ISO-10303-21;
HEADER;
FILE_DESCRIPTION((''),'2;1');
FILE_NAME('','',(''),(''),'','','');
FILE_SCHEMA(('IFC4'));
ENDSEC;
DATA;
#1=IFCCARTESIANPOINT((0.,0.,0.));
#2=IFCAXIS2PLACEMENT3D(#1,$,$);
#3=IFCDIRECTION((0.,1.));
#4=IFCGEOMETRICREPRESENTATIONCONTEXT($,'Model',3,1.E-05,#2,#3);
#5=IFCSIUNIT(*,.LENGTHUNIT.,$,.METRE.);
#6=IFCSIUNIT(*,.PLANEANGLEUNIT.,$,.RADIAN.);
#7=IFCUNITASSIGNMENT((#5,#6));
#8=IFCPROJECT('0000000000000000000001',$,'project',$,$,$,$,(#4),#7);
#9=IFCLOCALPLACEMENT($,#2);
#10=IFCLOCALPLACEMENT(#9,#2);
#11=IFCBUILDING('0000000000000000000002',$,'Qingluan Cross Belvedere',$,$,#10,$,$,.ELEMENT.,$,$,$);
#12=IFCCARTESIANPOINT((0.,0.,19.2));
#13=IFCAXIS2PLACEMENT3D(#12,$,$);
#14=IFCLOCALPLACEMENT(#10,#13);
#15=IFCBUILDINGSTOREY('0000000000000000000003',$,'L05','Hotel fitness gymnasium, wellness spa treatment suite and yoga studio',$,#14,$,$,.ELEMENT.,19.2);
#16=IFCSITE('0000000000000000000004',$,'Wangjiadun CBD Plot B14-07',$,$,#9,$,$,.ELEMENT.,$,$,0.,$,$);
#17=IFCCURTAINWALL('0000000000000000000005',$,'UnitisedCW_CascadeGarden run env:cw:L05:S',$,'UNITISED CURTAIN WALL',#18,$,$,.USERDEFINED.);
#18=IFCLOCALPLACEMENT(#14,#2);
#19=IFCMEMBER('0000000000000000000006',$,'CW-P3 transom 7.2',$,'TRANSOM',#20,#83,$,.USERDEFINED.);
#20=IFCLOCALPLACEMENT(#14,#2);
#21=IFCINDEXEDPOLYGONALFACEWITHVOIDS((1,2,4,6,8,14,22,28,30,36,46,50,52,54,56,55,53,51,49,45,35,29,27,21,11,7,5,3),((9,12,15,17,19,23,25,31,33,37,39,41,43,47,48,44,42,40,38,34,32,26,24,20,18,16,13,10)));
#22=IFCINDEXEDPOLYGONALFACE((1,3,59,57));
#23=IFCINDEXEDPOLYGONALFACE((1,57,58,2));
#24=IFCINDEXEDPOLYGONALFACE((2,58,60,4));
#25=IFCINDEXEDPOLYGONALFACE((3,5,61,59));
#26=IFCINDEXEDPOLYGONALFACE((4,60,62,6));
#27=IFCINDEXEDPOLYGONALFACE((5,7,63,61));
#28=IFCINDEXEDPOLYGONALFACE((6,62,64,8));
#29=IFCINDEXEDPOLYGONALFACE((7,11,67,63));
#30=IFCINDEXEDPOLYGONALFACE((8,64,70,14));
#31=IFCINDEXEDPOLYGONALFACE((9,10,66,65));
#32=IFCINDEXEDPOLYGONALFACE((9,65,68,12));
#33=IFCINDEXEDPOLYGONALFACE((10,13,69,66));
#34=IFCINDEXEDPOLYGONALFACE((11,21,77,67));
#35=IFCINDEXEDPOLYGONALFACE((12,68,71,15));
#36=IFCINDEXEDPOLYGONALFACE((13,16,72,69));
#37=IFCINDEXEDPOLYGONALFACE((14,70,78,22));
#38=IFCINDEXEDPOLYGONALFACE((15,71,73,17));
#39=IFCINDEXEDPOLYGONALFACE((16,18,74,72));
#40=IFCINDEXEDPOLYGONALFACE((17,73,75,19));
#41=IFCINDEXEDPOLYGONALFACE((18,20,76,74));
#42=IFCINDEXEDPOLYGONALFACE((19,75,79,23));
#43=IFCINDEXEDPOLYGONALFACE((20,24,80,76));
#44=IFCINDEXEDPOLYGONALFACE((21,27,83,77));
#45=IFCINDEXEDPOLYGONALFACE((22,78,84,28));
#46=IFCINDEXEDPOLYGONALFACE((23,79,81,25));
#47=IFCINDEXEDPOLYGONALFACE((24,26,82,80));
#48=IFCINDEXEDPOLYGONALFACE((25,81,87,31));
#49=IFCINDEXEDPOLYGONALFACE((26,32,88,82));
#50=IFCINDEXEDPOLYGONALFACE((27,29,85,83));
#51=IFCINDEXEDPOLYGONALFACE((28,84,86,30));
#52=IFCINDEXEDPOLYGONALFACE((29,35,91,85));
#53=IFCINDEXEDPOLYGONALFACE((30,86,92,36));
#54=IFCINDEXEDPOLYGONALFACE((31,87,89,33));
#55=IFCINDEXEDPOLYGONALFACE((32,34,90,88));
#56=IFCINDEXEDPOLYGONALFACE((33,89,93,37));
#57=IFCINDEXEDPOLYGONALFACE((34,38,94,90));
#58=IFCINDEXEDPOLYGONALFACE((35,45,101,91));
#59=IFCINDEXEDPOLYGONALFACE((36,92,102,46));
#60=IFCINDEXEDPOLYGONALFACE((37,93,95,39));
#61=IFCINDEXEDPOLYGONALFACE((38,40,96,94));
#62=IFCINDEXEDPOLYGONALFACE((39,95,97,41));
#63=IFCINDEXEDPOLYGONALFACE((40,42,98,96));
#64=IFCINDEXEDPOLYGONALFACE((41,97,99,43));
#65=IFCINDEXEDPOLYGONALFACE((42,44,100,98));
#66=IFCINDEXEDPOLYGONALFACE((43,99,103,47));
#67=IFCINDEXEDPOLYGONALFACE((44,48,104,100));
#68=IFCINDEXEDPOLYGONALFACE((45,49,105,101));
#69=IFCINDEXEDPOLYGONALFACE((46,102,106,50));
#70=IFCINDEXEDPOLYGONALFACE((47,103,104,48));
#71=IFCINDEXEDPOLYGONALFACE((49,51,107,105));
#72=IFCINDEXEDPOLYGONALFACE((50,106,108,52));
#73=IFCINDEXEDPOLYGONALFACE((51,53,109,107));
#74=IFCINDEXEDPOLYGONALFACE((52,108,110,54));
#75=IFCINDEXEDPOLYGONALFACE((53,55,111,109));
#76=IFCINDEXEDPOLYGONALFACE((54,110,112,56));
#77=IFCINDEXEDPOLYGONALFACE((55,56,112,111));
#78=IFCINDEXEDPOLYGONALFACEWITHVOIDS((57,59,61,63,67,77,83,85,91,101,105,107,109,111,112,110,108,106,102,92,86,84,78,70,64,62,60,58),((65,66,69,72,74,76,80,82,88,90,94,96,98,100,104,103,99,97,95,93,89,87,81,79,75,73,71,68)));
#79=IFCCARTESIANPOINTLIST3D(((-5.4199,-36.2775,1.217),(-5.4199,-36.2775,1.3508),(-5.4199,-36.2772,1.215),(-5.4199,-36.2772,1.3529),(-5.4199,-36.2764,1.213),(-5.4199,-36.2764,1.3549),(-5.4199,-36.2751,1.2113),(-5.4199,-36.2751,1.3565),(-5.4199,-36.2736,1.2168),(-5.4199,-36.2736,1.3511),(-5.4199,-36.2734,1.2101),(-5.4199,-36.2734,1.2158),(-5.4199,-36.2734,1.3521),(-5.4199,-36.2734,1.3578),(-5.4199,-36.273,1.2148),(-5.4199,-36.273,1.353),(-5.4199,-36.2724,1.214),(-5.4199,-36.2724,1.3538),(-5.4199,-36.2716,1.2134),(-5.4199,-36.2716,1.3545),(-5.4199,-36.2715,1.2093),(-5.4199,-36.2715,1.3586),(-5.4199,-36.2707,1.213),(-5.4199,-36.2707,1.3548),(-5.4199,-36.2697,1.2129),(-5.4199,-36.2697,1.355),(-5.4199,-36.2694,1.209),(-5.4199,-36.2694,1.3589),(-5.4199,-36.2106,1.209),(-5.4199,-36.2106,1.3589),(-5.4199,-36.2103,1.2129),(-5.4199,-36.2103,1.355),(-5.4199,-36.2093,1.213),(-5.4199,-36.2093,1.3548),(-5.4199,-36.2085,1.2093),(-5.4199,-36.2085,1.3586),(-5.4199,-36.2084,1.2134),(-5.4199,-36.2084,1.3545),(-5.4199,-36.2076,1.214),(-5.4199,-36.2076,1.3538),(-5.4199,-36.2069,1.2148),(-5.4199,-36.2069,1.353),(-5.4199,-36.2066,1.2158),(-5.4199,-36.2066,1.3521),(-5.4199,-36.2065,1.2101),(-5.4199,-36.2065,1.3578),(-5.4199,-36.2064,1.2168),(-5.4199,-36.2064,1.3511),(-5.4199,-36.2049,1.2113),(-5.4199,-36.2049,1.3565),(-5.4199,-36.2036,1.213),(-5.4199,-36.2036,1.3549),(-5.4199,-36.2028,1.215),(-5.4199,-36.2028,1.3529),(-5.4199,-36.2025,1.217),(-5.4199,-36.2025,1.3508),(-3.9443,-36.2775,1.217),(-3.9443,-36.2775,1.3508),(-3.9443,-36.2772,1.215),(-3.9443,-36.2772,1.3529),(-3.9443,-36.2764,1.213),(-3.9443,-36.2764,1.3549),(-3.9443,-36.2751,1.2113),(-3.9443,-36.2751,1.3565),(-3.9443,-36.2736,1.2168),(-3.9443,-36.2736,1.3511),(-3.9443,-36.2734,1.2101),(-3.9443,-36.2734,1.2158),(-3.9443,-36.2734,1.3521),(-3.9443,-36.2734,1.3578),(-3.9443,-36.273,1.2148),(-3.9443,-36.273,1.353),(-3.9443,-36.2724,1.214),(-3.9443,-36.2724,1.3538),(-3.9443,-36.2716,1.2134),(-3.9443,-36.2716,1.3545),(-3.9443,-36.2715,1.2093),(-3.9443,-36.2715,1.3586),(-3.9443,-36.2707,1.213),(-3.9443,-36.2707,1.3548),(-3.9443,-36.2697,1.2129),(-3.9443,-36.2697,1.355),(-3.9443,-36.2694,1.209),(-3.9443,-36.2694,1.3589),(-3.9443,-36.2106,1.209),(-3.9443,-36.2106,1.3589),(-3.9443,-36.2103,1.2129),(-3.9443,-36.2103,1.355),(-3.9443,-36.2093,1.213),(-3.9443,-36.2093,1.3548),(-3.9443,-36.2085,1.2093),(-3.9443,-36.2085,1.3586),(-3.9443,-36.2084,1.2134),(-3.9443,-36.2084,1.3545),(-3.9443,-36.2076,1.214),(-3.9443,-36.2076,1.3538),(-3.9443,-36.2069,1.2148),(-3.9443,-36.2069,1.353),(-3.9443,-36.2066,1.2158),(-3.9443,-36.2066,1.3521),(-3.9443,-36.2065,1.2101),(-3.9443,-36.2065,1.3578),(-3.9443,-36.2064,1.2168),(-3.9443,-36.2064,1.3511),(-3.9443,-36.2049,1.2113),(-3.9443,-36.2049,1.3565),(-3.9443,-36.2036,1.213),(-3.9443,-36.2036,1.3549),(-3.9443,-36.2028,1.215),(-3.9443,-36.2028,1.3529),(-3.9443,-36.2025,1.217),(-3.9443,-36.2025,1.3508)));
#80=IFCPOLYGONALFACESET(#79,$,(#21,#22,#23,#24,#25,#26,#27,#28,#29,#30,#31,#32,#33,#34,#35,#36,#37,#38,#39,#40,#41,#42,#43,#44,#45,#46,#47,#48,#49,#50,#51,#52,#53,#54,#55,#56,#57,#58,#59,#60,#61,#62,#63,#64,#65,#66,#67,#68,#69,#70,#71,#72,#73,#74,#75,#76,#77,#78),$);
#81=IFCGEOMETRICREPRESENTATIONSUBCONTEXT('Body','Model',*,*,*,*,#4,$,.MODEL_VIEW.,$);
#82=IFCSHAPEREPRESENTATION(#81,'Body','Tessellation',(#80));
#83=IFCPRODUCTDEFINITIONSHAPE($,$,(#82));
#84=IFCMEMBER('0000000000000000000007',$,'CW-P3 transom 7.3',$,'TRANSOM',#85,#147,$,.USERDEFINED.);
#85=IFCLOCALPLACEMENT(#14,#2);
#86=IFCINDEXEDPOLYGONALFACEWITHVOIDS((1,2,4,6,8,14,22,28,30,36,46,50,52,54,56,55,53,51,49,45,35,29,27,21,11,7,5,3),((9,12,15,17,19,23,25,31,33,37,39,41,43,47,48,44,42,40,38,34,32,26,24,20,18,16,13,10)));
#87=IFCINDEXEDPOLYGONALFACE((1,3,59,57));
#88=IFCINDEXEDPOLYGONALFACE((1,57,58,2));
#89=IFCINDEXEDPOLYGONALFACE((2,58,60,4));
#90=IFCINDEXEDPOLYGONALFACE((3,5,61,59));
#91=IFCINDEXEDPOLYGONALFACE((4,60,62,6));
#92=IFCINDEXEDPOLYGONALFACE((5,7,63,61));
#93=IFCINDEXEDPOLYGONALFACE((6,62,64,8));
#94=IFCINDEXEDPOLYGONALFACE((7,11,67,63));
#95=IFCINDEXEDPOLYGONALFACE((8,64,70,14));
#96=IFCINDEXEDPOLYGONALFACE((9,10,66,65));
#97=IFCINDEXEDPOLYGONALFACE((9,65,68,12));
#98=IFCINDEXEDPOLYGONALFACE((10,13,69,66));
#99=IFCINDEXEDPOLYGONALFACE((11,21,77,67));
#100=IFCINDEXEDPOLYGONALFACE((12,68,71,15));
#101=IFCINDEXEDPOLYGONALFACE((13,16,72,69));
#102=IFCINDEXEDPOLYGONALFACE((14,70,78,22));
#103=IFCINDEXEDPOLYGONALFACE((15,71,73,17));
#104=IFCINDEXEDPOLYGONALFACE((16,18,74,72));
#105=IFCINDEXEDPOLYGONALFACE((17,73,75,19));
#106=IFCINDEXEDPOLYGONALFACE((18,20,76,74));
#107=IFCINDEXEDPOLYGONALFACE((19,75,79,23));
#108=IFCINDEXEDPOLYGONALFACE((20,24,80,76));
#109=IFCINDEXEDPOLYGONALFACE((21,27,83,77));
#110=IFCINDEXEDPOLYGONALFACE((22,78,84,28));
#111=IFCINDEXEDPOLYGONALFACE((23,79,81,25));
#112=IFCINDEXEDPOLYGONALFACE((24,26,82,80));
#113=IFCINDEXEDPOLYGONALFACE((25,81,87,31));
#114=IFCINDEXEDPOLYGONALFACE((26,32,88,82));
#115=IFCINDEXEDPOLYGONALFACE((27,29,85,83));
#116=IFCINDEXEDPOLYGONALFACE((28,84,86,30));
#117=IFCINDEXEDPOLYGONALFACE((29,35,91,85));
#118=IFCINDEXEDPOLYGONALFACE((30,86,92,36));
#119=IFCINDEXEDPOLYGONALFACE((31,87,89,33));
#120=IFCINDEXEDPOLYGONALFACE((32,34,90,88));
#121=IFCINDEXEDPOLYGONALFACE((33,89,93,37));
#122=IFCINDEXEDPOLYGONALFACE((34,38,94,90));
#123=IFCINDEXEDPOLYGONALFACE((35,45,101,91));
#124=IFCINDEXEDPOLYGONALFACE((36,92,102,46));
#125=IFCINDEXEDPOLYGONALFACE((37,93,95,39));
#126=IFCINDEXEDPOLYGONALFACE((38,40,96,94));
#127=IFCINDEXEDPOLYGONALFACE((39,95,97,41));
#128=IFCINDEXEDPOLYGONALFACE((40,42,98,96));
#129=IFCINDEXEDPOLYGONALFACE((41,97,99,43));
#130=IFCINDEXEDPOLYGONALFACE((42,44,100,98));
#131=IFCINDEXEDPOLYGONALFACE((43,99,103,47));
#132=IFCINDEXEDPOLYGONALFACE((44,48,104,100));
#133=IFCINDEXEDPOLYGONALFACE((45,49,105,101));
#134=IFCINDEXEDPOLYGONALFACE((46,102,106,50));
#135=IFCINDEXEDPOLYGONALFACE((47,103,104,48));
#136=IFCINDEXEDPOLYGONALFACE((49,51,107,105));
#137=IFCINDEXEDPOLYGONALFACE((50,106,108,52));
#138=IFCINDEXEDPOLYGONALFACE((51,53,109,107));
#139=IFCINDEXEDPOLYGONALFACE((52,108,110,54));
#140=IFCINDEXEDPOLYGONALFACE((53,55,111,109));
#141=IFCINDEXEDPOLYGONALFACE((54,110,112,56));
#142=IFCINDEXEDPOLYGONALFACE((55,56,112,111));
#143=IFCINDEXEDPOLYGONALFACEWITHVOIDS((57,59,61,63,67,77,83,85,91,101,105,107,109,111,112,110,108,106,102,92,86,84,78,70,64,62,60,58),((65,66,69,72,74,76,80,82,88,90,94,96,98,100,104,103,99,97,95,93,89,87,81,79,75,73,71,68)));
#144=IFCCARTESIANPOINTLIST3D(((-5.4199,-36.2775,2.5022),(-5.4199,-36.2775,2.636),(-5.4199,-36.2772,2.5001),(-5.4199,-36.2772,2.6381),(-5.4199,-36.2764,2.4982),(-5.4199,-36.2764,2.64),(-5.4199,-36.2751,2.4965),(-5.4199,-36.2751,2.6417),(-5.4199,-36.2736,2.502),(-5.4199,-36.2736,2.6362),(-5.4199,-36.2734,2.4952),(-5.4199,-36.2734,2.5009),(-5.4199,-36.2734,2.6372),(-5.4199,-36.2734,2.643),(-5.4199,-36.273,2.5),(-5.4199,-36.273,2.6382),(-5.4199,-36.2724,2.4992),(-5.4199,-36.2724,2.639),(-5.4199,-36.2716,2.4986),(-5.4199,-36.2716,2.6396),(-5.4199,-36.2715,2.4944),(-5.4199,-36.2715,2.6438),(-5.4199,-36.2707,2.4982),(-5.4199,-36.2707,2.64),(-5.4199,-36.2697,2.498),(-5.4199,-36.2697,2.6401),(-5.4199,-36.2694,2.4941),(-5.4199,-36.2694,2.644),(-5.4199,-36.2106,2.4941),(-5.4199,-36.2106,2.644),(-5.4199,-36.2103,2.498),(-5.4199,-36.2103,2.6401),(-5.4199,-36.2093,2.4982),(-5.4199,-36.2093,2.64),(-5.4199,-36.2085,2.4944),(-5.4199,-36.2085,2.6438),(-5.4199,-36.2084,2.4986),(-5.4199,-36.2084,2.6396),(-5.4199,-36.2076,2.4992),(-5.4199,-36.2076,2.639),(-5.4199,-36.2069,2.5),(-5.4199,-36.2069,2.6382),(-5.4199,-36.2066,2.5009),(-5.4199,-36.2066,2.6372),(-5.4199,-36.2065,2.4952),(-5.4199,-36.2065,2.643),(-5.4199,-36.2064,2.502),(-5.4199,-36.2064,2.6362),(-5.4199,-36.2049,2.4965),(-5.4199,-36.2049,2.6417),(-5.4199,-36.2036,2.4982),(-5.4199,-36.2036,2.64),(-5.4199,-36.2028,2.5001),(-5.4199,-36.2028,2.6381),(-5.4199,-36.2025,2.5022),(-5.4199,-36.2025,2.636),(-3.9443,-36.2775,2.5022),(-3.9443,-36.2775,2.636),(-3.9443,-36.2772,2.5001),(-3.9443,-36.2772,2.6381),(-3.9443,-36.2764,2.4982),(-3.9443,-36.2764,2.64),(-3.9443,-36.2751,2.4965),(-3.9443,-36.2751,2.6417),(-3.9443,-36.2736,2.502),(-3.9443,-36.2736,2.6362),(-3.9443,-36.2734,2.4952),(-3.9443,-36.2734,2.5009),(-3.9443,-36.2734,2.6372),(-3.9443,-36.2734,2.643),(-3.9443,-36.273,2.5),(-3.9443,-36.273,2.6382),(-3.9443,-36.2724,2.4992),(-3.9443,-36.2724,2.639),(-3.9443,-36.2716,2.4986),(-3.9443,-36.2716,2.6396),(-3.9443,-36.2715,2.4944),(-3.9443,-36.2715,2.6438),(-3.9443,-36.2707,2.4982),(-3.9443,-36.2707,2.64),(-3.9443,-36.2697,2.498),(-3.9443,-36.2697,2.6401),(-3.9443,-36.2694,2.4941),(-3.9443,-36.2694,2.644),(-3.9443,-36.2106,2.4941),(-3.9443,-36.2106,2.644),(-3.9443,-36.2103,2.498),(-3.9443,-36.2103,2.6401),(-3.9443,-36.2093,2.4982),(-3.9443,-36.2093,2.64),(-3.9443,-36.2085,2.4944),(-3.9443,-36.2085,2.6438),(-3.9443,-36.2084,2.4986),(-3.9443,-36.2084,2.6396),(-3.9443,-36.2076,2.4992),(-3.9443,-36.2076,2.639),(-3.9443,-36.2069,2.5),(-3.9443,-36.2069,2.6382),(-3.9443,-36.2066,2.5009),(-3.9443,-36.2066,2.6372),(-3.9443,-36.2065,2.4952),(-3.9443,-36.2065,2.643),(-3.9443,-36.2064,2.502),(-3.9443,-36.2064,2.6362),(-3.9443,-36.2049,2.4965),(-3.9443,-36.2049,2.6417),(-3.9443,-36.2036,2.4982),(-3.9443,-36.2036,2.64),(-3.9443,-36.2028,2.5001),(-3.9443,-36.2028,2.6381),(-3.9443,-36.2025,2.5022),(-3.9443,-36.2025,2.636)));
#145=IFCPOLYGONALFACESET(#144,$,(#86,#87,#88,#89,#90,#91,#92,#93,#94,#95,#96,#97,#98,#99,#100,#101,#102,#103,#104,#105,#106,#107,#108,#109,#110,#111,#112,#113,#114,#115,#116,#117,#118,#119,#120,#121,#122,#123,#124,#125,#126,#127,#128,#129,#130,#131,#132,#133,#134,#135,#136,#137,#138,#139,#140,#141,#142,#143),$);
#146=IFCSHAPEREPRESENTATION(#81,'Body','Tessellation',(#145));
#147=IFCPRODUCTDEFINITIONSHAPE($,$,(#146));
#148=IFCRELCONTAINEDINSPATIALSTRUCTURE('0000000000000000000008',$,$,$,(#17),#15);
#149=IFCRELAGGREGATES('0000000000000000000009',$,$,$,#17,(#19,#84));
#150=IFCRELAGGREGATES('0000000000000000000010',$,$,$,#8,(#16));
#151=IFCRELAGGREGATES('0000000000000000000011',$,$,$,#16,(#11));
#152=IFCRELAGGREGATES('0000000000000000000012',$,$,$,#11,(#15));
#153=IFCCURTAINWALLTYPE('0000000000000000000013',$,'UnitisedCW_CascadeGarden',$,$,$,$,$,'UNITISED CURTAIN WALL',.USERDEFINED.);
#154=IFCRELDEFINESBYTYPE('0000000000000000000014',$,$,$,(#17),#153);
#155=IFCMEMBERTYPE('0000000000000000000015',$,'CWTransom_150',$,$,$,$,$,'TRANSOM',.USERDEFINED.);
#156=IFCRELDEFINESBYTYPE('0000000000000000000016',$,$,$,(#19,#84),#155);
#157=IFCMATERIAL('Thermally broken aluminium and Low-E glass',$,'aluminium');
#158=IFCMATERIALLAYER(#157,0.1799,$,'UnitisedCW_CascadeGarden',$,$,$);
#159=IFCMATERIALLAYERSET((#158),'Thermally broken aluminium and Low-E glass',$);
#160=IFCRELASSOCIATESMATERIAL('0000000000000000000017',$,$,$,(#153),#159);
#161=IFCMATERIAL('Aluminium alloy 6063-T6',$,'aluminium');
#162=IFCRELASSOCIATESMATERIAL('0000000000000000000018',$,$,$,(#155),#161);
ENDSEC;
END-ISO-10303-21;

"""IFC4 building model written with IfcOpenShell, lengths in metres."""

from ifc_helpers import new_model, si_unit, direction, frame, origin, origin_2d, place, context, subcontext, project, spatial, hollow_rectangle, extrude, material, layer, layer_set, material_profile, profile_set, type_object, element, aggregate, save


model = new_model("IFC4")

# Units and contexts
model_context = context("Model", 3, precision=1e-05, world=origin(), true_north=direction((0.0, 1.0)))
body_context = subcontext(model_context, "Body", "Model", "MODEL_VIEW")
ifc_project = project(units=[si_unit("LENGTHUNIT", "METRE"), si_unit("PLANEANGLEUNIT", "RADIAN")], contexts=[model_context])

# Site, building, storey
site_placement = place(None, origin())
site = spatial("IfcSite", under=ifc_project, at=site_placement, Name="Wangjiadun CBD Plot B14-07", CompositionType="ELEMENT", RefElevation=0.0)
building_placement = place(site_placement, origin())
building = spatial("IfcBuilding", under=site, at=building_placement, Name="Qingluan Cross Belvedere", CompositionType="ELEMENT")
storey_placement = place(building_placement, frame((0.0, 0.0, 19.2)))
storey = spatial("IfcBuildingStorey", under=building, at=storey_placement, Name="L05", Description="Hotel fitness gymnasium, wellness spa treatment suite and yoga studio", CompositionType="ELEMENT", Elevation=19.2)

# Curtain wall, members
ifc_material_1 = material(Name="Thermally broken aluminium and Low-E glass", Category="aluminium")
ifc_layer_1 = layer(ifc_material_1, 0.1799, Name="UnitisedCW_CascadeGarden")
ifc_layer_set_1 = layer_set([ifc_layer_1], Name="Thermally broken aluminium and Low-E glass")
curtain_wall_type = type_object("IfcCurtainWallType", Name="UnitisedCW_CascadeGarden", ElementType="UNITISED CURTAIN WALL", PredefinedType="USERDEFINED", material=ifc_layer_set_1)
curtain_wall_placement = place(storey_placement, origin())
curtain_wall = element("IfcCurtainWall", 1, at=curtain_wall_placement, inside=storey, type_object=curtain_wall_type, Name="UnitisedCW_CascadeGarden run env:cw:L05:S", ObjectType="UNITISED CURTAIN WALL", PredefinedType="USERDEFINED")
ifc_material_2 = material(Name="Aluminium alloy 6063-T6", Category="aluminium")
ifc_material_profile_1 = material_profile(ifc_material_2, hollow_rectangle(XDim=0.075, YDim=0.1499, WallThickness=0.0039, InnerFilletRadius=0.0039, OuterFilletRadius=0.0081, at=origin_2d()), Name="CWT150x75x4")
ifc_profile_set_1 = profile_set([ifc_material_profile_1], Name="Aluminium alloy 6063-T6")
member_type_1 = type_object("IfcMemberType", Name="CWTransom_150", ElementType="TRANSOM", PredefinedType="USERDEFINED", material=ifc_profile_set_1)
member_1_placement = place(storey_placement, frame((-3.9443, -36.24, 1.2839), z_axis=(-1.0, 0.0, 0.0), x_axis=(0.0, -1.0, 0.0)))
member_1 = element("IfcMember", 2, at=member_1_placement, type_object=member_type_1, Name="CW-P3 transom 7.2", ObjectType="TRANSOM", PredefinedType="USERDEFINED", context=body_context, shape_type="SweptSolid", body=[
    extrude(hollow_rectangle(XDim=0.075, YDim=0.1499, WallThickness=0.0039, InnerFilletRadius=0.0039, OuterFilletRadius=0.0081, at=origin_2d()), origin(), (0.0, 0.0, 1.0), 1.4756),
])
member_2_placement = place(storey_placement, frame((-3.9443, -36.24, 2.5691), z_axis=(-1.0, 0.0, 0.0), x_axis=(0.0, -1.0, 0.0)))
member_2 = element("IfcMember", 3, at=member_2_placement, type_object=member_type_1, Name="CW-P3 transom 7.3", ObjectType="TRANSOM", PredefinedType="USERDEFINED", context=body_context, shape_type="SweptSolid", body=[
    extrude(hollow_rectangle(XDim=0.075, YDim=0.1499, WallThickness=0.0039, InnerFilletRadius=0.0039, OuterFilletRadius=0.0081, at=origin_2d()), origin(), (0.0, 0.0, 1.0), 1.4756),
])

aggregate(curtain_wall, [member_1, member_2])

save(model, "model.ifc")
